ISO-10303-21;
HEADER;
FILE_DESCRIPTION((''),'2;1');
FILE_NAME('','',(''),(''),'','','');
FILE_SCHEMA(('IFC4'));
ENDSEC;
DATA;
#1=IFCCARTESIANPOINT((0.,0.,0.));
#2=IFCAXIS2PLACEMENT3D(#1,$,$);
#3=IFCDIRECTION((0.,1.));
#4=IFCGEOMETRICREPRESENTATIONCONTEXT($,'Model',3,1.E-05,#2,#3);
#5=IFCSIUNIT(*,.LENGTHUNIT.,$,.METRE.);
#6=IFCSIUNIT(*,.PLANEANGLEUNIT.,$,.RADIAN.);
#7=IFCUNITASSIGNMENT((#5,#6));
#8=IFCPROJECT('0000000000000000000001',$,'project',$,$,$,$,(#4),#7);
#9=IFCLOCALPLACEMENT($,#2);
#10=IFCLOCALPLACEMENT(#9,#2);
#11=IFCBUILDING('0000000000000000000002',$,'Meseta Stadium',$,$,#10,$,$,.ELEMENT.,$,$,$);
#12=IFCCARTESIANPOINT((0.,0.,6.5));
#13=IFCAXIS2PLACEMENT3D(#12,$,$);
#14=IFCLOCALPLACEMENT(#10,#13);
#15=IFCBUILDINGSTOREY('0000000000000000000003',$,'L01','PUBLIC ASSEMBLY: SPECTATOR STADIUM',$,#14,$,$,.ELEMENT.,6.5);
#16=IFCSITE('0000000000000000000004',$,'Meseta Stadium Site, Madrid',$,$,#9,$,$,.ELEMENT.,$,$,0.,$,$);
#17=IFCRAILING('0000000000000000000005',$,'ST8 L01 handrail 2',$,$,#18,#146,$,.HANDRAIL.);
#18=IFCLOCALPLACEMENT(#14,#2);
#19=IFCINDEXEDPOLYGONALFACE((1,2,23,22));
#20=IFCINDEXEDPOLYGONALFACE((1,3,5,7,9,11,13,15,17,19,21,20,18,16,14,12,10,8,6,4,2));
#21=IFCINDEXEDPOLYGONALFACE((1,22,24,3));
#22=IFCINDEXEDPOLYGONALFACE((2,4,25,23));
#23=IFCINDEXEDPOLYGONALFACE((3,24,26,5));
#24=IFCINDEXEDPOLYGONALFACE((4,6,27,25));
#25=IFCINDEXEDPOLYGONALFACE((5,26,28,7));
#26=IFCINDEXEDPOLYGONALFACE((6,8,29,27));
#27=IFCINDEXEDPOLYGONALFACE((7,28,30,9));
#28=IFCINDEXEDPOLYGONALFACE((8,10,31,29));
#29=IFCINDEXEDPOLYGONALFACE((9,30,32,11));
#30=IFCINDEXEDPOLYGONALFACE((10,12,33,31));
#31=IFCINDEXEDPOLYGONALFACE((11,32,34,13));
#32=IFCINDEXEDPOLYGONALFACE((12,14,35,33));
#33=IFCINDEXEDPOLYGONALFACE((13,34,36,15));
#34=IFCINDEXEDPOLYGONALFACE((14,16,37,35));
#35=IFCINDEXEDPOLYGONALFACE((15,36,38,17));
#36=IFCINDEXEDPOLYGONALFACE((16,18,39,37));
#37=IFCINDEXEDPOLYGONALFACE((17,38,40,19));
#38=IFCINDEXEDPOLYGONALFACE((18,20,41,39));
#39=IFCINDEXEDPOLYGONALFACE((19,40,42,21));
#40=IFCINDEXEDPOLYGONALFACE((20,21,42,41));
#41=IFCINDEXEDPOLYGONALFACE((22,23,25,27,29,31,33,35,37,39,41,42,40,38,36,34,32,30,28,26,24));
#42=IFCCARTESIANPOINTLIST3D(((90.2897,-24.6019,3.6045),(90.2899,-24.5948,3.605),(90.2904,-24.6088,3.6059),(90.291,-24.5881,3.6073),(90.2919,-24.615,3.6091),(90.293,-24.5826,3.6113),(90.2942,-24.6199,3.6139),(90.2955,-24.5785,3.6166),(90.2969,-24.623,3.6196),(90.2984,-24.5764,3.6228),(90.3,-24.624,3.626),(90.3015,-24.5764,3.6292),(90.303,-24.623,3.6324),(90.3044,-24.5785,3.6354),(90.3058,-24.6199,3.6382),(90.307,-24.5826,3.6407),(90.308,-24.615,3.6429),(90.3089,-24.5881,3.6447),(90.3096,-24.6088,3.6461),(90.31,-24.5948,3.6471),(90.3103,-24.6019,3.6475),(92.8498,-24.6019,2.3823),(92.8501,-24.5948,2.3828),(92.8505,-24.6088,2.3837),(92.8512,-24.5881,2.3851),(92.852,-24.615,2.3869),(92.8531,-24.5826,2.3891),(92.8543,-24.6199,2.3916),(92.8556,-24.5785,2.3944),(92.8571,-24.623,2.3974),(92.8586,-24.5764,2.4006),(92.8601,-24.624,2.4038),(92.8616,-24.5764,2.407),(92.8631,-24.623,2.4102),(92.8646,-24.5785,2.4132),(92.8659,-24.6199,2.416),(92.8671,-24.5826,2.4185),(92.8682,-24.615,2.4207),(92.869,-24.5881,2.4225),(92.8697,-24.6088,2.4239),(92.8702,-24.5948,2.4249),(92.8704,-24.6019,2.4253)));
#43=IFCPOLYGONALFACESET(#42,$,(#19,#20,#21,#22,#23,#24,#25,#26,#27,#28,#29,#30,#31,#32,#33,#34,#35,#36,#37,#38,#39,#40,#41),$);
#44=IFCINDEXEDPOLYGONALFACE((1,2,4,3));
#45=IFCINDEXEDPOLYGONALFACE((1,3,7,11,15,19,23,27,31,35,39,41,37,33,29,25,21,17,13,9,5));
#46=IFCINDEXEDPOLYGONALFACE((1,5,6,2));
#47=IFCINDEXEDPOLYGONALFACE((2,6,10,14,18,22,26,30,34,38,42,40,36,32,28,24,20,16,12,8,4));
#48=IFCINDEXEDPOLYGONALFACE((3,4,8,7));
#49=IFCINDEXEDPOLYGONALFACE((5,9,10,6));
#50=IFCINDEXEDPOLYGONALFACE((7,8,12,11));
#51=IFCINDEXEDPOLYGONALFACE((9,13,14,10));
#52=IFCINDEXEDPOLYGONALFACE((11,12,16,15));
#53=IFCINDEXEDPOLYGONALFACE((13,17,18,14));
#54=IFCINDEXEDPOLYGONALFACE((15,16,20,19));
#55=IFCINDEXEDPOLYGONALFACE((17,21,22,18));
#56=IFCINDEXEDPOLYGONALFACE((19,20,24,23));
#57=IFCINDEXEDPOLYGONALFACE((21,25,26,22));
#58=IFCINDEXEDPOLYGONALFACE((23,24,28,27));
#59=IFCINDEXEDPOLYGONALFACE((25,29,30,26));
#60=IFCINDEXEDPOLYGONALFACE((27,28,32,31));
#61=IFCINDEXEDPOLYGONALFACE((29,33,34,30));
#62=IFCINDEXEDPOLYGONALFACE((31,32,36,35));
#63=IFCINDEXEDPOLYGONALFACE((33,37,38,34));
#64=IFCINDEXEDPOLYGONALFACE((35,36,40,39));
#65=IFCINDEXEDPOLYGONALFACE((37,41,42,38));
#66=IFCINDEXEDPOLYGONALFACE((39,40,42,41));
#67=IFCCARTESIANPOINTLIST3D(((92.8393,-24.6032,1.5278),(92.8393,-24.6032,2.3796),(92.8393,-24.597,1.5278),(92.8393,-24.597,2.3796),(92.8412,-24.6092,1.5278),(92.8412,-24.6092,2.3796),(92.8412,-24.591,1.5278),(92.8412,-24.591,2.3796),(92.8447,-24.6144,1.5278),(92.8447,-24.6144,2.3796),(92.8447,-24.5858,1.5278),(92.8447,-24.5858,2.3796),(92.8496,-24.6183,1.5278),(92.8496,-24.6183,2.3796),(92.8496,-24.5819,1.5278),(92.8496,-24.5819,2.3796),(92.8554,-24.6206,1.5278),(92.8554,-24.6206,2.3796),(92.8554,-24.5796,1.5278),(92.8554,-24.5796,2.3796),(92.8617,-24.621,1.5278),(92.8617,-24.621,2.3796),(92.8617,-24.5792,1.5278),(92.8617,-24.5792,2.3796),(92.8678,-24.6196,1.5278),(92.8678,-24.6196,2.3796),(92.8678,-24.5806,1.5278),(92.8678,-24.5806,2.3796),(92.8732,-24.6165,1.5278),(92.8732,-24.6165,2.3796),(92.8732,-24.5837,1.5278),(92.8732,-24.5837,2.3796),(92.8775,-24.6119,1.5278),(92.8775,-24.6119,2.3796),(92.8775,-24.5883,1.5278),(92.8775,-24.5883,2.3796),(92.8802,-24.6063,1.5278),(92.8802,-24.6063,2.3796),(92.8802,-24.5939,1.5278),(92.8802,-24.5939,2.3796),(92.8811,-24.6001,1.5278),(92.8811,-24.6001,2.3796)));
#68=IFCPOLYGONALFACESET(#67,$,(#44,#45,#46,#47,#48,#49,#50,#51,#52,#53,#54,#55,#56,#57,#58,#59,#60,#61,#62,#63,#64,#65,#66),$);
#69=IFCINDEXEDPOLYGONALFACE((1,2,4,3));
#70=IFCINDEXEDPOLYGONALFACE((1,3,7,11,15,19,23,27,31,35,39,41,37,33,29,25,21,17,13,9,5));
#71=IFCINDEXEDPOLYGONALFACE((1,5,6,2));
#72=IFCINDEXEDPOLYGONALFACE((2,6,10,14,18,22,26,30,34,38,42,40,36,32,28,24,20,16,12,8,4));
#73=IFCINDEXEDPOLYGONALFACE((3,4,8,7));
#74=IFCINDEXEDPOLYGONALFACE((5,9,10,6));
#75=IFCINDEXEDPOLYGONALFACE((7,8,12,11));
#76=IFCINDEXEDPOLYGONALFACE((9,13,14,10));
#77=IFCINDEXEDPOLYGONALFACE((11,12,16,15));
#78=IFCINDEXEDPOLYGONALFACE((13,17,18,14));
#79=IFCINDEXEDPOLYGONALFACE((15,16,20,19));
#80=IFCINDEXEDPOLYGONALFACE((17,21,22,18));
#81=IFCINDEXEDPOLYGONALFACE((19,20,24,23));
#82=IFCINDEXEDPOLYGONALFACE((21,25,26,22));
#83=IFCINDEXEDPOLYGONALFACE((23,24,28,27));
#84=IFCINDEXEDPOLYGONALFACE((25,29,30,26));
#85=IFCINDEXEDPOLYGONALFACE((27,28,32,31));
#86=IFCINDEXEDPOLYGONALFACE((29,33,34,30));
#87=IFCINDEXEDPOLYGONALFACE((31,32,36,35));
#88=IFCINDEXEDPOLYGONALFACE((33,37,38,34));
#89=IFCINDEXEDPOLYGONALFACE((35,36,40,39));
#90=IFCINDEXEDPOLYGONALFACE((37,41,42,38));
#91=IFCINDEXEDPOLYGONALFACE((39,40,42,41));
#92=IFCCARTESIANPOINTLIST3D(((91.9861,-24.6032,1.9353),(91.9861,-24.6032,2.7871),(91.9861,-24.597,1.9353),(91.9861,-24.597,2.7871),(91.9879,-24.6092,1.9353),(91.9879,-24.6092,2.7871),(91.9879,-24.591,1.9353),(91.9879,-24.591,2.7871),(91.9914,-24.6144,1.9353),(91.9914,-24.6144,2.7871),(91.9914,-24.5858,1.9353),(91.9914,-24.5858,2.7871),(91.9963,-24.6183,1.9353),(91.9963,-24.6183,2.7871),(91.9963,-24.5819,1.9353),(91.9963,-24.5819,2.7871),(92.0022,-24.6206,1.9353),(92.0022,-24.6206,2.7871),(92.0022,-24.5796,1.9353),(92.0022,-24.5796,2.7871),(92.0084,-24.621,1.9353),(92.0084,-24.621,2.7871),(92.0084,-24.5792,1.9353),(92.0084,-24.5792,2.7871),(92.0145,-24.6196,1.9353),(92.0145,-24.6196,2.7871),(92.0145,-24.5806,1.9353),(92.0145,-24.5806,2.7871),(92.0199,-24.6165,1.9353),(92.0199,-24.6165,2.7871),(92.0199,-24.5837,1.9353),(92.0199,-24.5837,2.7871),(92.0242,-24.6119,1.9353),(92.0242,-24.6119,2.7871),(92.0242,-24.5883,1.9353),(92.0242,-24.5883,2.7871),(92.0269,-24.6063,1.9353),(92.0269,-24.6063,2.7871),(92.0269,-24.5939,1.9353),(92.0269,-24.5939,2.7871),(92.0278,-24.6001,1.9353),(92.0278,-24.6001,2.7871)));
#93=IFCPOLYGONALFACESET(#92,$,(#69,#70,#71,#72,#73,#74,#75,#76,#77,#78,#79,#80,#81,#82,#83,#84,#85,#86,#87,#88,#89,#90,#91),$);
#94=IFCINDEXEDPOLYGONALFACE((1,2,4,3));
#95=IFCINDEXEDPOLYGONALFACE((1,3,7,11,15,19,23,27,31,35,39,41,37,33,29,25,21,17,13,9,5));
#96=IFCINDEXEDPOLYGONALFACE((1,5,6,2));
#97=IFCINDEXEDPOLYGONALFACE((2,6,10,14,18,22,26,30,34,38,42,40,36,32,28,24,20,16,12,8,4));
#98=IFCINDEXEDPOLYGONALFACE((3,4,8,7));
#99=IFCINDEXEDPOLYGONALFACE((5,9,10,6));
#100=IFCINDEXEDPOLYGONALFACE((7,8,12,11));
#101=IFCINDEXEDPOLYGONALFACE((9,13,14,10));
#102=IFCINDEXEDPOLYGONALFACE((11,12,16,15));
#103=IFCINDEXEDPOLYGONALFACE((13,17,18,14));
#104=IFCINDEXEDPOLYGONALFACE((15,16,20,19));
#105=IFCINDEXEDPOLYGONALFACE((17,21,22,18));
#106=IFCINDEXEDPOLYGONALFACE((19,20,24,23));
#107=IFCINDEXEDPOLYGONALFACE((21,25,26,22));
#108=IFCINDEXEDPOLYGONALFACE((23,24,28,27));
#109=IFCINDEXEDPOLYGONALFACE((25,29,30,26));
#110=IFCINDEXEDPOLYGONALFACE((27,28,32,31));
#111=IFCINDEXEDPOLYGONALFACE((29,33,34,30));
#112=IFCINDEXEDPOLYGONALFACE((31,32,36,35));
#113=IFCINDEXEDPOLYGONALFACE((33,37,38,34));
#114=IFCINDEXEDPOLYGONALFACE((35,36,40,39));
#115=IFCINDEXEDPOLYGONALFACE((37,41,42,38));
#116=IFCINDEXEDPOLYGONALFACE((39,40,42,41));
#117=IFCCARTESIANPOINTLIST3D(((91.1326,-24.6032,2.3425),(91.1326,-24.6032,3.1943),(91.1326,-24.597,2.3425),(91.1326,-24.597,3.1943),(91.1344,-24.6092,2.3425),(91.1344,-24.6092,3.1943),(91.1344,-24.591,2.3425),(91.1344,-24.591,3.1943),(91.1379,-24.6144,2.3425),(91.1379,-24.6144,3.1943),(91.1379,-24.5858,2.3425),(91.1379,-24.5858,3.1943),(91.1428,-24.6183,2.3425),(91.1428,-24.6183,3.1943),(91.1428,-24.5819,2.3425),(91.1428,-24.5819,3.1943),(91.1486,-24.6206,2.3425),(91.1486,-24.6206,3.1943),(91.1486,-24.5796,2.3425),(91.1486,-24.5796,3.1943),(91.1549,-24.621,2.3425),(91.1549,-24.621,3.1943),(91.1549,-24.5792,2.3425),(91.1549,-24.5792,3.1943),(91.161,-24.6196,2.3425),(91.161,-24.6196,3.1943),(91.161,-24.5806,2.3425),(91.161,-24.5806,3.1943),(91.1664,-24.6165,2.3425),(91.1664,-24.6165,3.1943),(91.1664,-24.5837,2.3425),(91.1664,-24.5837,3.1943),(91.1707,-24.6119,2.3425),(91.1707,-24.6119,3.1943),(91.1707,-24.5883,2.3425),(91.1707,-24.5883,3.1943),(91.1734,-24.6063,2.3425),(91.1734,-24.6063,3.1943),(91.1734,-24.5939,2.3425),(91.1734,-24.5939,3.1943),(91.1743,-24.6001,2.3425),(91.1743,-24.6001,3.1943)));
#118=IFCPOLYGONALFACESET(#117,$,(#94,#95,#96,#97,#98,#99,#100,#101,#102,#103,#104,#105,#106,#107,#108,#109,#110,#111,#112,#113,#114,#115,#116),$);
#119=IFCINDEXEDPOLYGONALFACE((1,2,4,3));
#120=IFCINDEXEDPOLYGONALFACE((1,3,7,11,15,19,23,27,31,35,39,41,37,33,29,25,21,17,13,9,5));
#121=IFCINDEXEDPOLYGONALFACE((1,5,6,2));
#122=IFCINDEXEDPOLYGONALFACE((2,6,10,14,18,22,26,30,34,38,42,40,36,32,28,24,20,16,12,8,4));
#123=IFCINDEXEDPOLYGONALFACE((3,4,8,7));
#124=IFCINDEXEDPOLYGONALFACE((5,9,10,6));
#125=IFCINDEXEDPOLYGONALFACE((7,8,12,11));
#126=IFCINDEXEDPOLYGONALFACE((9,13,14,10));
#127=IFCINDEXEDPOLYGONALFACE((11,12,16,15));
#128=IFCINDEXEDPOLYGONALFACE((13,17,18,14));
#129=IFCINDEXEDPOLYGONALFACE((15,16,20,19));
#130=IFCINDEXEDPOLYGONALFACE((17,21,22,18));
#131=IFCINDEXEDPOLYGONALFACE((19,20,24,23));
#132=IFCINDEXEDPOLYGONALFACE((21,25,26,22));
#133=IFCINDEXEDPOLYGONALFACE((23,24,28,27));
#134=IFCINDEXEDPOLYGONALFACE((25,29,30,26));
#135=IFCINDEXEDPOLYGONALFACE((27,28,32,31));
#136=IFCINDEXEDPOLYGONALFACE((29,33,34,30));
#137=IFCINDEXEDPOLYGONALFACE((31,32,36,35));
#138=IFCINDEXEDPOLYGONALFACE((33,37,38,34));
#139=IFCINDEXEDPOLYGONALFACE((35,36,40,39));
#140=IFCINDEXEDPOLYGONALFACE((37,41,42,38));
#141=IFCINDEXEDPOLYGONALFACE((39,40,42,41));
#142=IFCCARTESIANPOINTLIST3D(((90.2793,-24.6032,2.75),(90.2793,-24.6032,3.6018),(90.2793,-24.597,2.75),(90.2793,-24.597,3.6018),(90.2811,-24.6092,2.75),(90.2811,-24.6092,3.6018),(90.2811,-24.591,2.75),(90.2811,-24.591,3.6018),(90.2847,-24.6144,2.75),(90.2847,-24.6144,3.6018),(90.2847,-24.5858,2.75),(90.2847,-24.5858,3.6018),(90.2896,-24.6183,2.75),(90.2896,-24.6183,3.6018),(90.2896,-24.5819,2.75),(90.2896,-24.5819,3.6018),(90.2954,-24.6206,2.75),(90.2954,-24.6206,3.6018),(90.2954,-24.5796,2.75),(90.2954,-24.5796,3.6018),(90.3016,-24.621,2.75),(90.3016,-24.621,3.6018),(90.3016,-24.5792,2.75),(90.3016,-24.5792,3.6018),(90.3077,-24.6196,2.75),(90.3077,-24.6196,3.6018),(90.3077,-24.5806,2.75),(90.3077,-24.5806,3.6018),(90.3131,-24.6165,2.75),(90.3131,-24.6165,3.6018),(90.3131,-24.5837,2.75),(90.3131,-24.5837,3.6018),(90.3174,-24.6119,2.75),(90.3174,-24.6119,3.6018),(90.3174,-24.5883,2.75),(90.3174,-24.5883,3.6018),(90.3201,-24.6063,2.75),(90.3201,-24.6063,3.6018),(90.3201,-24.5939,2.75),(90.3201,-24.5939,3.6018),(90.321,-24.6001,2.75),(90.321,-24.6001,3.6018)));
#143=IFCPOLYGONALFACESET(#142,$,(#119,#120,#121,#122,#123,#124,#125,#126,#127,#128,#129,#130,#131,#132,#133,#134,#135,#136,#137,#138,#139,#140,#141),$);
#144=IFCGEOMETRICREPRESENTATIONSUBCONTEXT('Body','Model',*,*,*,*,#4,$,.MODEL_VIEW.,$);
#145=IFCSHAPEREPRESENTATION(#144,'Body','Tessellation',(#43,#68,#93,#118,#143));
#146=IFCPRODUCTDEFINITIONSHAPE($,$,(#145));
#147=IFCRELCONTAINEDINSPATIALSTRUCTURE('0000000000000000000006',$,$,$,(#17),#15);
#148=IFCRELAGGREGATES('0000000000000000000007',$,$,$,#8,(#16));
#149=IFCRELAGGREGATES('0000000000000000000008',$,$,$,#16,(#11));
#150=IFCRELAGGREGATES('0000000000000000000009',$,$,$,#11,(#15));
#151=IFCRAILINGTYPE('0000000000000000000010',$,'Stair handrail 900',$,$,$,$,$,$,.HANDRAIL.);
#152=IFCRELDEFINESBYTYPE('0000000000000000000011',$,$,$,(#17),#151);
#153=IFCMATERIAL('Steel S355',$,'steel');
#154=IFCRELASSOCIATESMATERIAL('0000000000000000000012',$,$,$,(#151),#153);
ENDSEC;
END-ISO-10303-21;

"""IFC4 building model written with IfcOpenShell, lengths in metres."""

from ifc_helpers import new_model, si_unit, direction, frame, origin, origin_2d, place, context, subcontext, project, spatial, circle, extrude, material, type_object, element, save


model = new_model("IFC4")

# Units and contexts
model_context = context("Model", 3, precision=1e-05, world=origin(), true_north=direction((0.0, 1.0)))
body_context = subcontext(model_context, "Body", "Model", "MODEL_VIEW")
ifc_project = project(units=[si_unit("LENGTHUNIT", "METRE"), si_unit("PLANEANGLEUNIT", "RADIAN")], contexts=[model_context])

# Site, building, storey
site_placement = place(None, origin())
site = spatial("IfcSite", under=ifc_project, at=site_placement, Name="Meseta Stadium Site, Madrid", CompositionType="ELEMENT", RefElevation=0.0)
building_placement = place(site_placement, origin())
building = spatial("IfcBuilding", under=site, at=building_placement, Name="Meseta Stadium", CompositionType="ELEMENT")
storey_placement = place(building_placement, frame((0.0, 0.0, 6.5)))
storey = spatial("IfcBuildingStorey", under=building, at=storey_placement, Name="L01", Description="PUBLIC ASSEMBLY: SPECTATOR STADIUM", CompositionType="ELEMENT", Elevation=6.5)

# Railing
ifc_material_1 = material(Name="Steel S355", Category="steel")
railing_type_1 = type_object("IfcRailingType", Name="Stair handrail 900", PredefinedType="HANDRAIL", material=ifc_material_1)
for number, where, name in (
    (1, (92.8601, -24.6001, 1.5278), "ST8 L01 handrail 2"),
):
    element("IfcRailing", number, at=place(storey_placement, frame(where)), inside=storey, type_object=railing_type_1, Name=name, PredefinedType="HANDRAIL", context=body_context, shape_type="SweptSolid", body=[
        extrude(circle(Radius=0.0239, at=origin_2d()), frame((0.0, 0.0, 0.876), z_axis=(-0.902437, 0.0, 0.430822), x_axis=(0.0, -1.0, 0.0)), (0.0, 0.0, 1.0), 2.8369),
        extrude(circle(Radius=0.021, at=origin_2d()), origin(), (0.0, 0.0, 1.0), 0.8518),
        extrude(circle(Radius=0.021, at=origin_2d()), frame((-0.8533, 0.0, 0.4075)), (0.0, 0.0, 1.0), 0.8518),
        extrude(circle(Radius=0.021, at=origin_2d()), frame((-1.7068, 0.0, 0.8147)), (0.0, 0.0, 1.0), 0.8518),
        extrude(circle(Radius=0.021, at=origin_2d()), frame((-2.5601, 0.0, 1.2222)), (0.0, 0.0, 1.0), 0.8518),
    ])

save(model, "model.ifc")
